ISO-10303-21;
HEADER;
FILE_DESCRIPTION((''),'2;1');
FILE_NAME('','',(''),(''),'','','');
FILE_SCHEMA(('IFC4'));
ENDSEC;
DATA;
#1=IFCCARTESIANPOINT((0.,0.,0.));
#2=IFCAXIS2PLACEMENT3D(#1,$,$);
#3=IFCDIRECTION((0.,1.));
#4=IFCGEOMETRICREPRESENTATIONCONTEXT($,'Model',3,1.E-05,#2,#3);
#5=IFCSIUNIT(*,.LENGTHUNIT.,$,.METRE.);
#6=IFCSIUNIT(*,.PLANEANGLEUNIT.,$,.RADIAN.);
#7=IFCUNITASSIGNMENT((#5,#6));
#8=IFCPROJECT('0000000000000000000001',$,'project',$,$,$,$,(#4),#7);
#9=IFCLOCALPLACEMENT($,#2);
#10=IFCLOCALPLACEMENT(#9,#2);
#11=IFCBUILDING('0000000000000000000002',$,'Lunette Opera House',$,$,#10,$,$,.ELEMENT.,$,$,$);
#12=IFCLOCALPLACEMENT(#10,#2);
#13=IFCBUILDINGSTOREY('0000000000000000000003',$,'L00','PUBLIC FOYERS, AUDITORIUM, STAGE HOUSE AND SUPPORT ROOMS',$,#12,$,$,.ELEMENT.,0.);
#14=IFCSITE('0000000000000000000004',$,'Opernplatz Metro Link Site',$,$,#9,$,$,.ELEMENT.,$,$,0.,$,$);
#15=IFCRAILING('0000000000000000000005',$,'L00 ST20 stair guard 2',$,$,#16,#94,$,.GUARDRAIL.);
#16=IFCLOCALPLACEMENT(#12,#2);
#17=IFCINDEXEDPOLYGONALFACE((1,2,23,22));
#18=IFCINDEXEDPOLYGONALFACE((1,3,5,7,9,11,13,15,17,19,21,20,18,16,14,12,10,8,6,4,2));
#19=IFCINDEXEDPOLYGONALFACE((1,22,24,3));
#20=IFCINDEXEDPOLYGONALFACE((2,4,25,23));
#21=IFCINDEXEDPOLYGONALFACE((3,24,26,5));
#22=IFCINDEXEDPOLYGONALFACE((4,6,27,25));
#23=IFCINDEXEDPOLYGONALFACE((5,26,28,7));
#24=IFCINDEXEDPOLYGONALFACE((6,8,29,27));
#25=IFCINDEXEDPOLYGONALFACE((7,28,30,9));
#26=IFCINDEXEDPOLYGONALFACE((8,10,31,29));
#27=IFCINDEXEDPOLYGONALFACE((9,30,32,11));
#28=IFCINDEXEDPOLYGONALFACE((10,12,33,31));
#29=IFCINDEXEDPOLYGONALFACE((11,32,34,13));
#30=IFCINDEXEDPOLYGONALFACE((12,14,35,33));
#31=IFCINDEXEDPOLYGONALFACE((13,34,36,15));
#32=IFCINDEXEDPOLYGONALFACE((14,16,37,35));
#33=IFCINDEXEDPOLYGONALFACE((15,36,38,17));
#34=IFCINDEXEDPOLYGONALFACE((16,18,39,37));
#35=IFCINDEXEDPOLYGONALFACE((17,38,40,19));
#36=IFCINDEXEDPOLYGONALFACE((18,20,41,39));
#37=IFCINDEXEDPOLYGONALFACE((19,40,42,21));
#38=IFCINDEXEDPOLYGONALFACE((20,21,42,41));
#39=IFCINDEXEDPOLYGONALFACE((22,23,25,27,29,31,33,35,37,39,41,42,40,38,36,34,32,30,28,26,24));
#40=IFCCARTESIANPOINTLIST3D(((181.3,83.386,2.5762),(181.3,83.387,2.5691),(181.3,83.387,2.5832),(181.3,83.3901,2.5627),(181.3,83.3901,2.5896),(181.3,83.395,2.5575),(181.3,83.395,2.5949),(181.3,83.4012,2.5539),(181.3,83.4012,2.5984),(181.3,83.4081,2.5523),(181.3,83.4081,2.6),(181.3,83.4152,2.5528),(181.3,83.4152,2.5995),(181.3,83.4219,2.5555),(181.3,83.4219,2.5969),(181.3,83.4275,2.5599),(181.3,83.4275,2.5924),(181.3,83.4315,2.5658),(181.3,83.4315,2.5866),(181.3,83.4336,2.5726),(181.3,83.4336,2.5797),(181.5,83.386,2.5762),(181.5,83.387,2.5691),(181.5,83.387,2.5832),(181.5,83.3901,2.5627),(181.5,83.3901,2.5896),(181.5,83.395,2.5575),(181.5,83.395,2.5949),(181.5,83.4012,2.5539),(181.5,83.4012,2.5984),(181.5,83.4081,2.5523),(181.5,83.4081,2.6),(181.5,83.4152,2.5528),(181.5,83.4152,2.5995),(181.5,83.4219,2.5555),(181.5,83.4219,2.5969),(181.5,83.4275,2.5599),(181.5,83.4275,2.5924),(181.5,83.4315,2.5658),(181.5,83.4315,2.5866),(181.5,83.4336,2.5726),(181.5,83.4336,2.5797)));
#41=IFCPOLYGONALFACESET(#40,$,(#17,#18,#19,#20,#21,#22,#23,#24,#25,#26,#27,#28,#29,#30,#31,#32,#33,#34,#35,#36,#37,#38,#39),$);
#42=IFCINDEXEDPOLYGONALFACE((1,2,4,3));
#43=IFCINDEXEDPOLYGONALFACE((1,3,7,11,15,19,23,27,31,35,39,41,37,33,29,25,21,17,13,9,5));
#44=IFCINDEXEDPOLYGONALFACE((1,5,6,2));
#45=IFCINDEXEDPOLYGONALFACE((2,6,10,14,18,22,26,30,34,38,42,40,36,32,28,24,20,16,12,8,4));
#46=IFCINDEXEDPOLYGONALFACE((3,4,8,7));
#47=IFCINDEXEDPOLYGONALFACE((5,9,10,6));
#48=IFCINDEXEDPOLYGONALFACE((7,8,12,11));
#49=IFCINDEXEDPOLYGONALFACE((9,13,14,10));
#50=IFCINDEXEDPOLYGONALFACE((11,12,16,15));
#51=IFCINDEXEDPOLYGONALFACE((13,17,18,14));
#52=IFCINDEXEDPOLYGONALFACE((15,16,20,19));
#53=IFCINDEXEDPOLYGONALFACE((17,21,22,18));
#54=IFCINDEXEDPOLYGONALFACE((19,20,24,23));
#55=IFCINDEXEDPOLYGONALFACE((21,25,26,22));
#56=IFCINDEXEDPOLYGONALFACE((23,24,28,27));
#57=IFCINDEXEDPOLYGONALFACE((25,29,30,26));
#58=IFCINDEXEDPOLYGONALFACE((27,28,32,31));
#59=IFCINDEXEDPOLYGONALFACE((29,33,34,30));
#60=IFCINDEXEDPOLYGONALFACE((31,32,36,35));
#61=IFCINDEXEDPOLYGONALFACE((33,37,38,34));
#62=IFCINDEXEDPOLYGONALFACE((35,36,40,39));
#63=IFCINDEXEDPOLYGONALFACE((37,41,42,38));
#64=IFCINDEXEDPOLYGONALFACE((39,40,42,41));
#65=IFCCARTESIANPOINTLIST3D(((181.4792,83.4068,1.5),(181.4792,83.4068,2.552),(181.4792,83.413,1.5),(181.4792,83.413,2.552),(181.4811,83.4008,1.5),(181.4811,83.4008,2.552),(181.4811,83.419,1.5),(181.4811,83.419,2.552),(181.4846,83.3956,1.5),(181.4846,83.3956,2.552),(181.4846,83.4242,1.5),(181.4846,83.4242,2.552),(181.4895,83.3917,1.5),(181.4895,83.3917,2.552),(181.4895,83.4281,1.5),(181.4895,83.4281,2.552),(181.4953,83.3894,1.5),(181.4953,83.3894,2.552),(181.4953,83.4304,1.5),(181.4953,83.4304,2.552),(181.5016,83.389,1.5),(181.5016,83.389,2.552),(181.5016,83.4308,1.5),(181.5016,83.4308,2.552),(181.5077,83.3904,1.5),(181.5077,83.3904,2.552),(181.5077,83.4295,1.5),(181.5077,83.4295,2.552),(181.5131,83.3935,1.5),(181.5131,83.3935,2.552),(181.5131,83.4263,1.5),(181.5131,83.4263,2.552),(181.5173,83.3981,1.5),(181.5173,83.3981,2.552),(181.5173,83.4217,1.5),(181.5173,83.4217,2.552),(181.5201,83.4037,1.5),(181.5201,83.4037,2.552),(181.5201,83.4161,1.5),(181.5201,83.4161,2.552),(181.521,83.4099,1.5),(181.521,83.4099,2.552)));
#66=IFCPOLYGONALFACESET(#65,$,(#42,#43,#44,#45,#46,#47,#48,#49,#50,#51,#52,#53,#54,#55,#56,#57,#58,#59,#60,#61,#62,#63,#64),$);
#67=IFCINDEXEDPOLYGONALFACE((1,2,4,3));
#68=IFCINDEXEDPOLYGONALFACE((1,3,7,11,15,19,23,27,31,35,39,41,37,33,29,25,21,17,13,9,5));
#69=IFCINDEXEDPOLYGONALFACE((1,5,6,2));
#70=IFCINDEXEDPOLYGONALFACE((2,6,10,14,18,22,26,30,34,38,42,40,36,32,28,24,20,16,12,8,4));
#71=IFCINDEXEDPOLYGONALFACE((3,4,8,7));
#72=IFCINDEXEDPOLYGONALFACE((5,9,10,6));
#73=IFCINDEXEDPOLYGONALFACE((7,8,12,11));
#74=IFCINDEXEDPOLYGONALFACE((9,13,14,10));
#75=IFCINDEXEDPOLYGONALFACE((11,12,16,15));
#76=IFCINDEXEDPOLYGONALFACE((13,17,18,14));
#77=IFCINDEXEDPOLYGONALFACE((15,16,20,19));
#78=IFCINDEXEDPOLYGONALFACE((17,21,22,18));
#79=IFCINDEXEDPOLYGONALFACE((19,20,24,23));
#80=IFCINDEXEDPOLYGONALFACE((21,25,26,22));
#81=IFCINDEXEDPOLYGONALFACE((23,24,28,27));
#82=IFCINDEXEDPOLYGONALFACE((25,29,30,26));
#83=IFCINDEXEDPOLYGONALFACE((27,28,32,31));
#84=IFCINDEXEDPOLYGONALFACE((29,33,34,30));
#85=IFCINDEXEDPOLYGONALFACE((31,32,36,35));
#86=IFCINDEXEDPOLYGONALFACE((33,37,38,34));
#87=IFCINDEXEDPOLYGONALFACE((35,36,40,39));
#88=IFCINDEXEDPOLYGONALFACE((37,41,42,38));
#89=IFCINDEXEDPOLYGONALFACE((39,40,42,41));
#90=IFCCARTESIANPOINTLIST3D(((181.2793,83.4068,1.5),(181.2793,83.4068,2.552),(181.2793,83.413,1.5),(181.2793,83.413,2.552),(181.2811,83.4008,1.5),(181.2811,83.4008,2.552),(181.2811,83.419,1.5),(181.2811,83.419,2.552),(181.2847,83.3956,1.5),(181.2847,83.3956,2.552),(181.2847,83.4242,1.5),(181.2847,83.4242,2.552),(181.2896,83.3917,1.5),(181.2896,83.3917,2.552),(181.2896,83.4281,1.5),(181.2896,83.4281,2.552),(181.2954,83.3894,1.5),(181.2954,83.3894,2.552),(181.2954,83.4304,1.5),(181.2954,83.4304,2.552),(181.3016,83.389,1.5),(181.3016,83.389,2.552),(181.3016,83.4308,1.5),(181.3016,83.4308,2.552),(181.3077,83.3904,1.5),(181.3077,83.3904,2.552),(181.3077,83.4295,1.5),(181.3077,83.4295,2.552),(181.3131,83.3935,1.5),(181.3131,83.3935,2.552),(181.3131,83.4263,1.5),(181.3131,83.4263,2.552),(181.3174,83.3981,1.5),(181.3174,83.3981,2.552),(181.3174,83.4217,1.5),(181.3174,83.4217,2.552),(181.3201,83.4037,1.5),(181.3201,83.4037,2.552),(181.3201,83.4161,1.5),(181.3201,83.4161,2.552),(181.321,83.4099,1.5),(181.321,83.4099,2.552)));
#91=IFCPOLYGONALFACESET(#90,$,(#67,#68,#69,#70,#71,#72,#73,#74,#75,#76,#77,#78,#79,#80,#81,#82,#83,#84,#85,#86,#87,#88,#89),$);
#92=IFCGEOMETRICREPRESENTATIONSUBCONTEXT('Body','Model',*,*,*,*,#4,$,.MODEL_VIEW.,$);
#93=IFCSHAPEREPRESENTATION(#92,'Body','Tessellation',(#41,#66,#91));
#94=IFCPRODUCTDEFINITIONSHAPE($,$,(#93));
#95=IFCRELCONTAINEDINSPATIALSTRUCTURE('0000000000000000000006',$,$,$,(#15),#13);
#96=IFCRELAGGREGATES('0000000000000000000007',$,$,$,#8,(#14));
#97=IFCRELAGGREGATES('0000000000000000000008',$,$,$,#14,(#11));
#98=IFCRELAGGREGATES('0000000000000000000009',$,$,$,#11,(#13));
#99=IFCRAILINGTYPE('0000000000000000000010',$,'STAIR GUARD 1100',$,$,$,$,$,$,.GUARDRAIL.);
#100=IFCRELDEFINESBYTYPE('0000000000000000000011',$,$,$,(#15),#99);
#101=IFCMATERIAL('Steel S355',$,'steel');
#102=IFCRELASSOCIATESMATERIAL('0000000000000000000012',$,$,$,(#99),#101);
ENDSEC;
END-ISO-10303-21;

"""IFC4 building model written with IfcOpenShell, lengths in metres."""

from ifc_helpers import new_model, si_unit, direction, frame, origin, origin_2d, place, context, subcontext, project, spatial, circle, extrude, material, type_object, element, save


model = new_model("IFC4")

# Units and contexts
model_context = context("Model", 3, precision=1e-05, world=origin(), true_north=direction((0.0, 1.0)))
body_context = subcontext(model_context, "Body", "Model", "MODEL_VIEW")
ifc_project = project(units=[si_unit("LENGTHUNIT", "METRE"), si_unit("PLANEANGLEUNIT", "RADIAN")], contexts=[model_context])

# Site, building, storey
site_placement = place(None, origin())
site = spatial("IfcSite", under=ifc_project, at=site_placement, Name="Opernplatz Metro Link Site", CompositionType="ELEMENT", RefElevation=0.0)
building_placement = place(site_placement, origin())
building = spatial("IfcBuilding", under=site, at=building_placement, Name="Lunette Opera House", CompositionType="ELEMENT")
storey_placement = place(building_placement, origin())
storey = spatial("IfcBuildingStorey", under=building, at=storey_placement, Name="L00", Description="PUBLIC FOYERS, AUDITORIUM, STAGE HOUSE AND SUPPORT ROOMS", CompositionType="ELEMENT", Elevation=0.0)

# Railing
ifc_material_1 = material(Name="Steel S355", Category="steel")
railing_type_1 = type_object("IfcRailingType", Name="STAIR GUARD 1100", PredefinedType="GUARDRAIL", material=ifc_material_1)
railing_1_placement = place(storey_placement, frame((181.5, 83.4099, 1.5)))
element("IfcRailing", 1, at=railing_1_placement, inside=storey, type_object=railing_type_1, Name="L00 ST20 stair guard 2", PredefinedType="GUARDRAIL", context=body_context, shape_type="SweptSolid", body=[
    extrude(circle(Radius=0.0239, at=origin_2d()), frame((0.0, 0.0, 1.0762), z_axis=(-1.0, 0.0, 0.0), x_axis=(0.0, -1.0, 0.0)), (0.0, 0.0, 1.0), 0.2),
    extrude(circle(Radius=0.021, at=origin_2d()), origin(), (0.0, 0.0, 1.0), 1.052),
    extrude(circle(Radius=0.021, at=origin_2d()), frame((-0.2, 0.0, 0.0)), (0.0, 0.0, 1.0), 1.052),
])

save(model, "model.ifc")
